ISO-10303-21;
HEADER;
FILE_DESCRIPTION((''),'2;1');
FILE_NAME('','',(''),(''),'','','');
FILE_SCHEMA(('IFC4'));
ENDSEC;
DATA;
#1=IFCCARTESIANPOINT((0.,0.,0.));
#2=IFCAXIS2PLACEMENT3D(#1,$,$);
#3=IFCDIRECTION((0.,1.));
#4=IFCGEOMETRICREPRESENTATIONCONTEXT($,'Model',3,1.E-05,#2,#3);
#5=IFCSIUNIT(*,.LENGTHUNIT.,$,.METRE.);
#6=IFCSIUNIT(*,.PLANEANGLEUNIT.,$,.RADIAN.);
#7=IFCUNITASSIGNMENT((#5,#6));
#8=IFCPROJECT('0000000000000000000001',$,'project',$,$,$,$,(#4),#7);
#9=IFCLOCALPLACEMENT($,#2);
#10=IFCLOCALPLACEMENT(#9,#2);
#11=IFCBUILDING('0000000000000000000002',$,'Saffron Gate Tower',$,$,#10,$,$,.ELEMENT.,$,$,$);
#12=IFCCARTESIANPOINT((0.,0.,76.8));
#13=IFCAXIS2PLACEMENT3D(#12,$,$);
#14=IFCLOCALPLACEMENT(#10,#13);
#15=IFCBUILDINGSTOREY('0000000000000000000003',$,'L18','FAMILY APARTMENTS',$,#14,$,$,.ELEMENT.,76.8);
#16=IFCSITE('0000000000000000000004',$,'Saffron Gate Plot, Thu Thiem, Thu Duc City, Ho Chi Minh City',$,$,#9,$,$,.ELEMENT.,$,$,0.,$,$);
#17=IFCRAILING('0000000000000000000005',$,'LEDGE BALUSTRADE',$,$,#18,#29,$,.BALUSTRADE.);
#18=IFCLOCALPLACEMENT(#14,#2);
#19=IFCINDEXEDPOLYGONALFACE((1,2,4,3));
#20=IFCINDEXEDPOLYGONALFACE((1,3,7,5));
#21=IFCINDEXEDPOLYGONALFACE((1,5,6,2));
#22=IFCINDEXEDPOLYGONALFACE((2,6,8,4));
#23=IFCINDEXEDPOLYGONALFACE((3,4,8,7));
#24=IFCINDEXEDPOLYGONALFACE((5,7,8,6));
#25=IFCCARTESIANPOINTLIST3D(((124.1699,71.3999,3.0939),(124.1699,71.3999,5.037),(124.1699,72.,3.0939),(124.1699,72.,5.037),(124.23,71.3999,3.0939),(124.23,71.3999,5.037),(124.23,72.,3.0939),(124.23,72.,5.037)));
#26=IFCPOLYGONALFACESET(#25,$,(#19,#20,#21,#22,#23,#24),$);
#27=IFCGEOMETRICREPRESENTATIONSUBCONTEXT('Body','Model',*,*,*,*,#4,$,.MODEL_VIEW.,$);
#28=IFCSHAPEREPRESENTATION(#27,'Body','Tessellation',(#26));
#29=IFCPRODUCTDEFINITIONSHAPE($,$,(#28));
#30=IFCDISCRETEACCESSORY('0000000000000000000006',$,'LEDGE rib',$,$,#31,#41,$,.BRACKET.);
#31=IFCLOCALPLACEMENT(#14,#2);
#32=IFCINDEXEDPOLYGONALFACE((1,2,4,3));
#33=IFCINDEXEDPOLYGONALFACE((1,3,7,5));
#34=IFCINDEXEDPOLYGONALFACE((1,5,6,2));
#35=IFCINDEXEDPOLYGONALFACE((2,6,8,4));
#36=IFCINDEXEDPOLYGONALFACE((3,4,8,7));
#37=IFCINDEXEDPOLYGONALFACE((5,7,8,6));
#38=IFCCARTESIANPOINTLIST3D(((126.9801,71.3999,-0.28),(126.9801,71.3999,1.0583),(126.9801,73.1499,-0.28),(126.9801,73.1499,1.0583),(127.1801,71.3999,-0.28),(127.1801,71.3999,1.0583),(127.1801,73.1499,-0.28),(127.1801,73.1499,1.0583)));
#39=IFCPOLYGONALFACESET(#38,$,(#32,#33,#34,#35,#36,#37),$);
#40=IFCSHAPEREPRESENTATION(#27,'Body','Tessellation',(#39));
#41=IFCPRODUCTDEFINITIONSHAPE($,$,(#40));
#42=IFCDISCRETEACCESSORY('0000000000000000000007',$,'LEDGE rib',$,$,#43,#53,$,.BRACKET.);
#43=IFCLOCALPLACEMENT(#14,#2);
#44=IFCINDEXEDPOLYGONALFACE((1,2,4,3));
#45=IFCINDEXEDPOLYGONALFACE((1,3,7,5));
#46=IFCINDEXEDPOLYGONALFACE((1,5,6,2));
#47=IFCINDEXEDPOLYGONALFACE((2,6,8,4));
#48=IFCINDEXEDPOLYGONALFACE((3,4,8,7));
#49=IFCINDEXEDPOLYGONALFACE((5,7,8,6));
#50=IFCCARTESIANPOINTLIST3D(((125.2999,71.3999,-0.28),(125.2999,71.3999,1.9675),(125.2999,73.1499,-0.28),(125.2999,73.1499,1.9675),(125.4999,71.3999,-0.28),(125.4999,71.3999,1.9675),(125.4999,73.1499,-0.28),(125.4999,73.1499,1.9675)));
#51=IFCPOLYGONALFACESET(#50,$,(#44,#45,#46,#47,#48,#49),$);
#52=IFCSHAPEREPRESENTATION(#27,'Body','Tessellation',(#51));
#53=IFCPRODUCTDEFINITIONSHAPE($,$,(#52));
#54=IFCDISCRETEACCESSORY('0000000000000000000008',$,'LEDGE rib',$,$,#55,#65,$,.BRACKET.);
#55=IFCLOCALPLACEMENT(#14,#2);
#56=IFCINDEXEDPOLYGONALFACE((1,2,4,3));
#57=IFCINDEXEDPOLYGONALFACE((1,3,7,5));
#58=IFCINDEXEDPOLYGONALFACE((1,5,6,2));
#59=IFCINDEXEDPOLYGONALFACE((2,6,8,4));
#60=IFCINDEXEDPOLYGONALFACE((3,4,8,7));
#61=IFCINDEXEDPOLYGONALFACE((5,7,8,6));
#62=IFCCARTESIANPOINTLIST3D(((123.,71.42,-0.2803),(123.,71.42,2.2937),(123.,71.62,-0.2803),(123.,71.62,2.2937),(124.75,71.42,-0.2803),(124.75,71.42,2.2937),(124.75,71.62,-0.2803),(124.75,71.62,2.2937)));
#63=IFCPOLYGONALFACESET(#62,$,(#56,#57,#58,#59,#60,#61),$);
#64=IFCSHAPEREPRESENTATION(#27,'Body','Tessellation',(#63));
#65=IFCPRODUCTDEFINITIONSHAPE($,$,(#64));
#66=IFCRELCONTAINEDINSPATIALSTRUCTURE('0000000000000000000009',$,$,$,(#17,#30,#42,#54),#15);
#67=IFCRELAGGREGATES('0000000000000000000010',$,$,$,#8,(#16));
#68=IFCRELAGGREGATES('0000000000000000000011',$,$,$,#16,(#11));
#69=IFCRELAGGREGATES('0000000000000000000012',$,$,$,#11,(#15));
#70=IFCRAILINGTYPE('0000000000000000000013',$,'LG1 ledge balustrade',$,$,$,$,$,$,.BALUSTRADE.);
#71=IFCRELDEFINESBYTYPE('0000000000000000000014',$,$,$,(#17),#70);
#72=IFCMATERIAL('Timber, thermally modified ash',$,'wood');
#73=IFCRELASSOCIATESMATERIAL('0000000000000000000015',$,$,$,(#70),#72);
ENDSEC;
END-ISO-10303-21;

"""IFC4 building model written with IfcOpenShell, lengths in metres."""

from ifc_helpers import new_model, si_unit, direction, frame, origin, origin_2d, place, context, subcontext, project, spatial, rectangle, extrude, material, type_object, element, save


model = new_model("IFC4")

# Units and contexts
model_context = context("Model", 3, precision=1e-05, world=origin(), true_north=direction((0.0, 1.0)))
body_context = subcontext(model_context, "Body", "Model", "MODEL_VIEW")
ifc_project = project(units=[si_unit("LENGTHUNIT", "METRE"), si_unit("PLANEANGLEUNIT", "RADIAN")], contexts=[model_context])

# Site, building, storey
site_placement = place(None, origin())
site = spatial("IfcSite", under=ifc_project, at=site_placement, Name="Saffron Gate Plot, Thu Thiem, Thu Duc City, Ho Chi Minh City", CompositionType="ELEMENT", RefElevation=0.0)
building_placement = place(site_placement, origin())
building = spatial("IfcBuilding", under=site, at=building_placement, Name="Saffron Gate Tower", CompositionType="ELEMENT")
storey_placement = place(building_placement, frame((0.0, 0.0, 76.8)))
storey = spatial("IfcBuildingStorey", under=building, at=storey_placement, Name="L18", Description="FAMILY APARTMENTS", CompositionType="ELEMENT", Elevation=76.8)

# Shared definitions
ifc_material_1 = material(Name="Timber, thermally modified ash", Category="wood")

# Railing
railing_type = type_object("IfcRailingType", Name="LG1 ledge balustrade", PredefinedType="BALUSTRADE", material=ifc_material_1)
railing_1_placement = place(storey_placement, frame((124.2, 71.3999, 3.0938)))
element("IfcRailing", 1, at=railing_1_placement, inside=storey, type_object=railing_type, Name="LEDGE BALUSTRADE", PredefinedType="BALUSTRADE", context=body_context, shape_type="SweptSolid", body=[
    extrude(rectangle(XDim=0.0601, YDim=1.9431, at=origin_2d()), frame((0.0, 0.0, 0.9717), z_axis=(0.0, 1.0, 0.0), x_axis=(-1.0, 0.0, 0.0)), (0.0, 0.0, 1.0), 0.6001),
])

# Discrete accessories
discrete_accessory_1_placement = place(storey_placement, frame((127.0801, 72.2749, -0.28), z_axis=(0.0, 0.0, 1.0), x_axis=(-1.0, 0.0, 0.0)))
element("IfcDiscreteAccessory", 2, at=discrete_accessory_1_placement, inside=storey, Name="LEDGE rib", PredefinedType="BRACKET", context=body_context, shape_type="SweptSolid", body=[
    extrude(rectangle(XDim=0.2, YDim=1.75, at=origin_2d()), origin(), (0.0, 0.0, 1.0), 1.3384),
])
discrete_accessory_2_placement = place(storey_placement, frame((125.3999, 72.2749, -0.28), z_axis=(0.0, 0.0, 1.0), x_axis=(-1.0, 0.0, 0.0)))
element("IfcDiscreteAccessory", 3, at=discrete_accessory_2_placement, inside=storey, Name="LEDGE rib", PredefinedType="BRACKET", context=body_context, shape_type="SweptSolid", body=[
    extrude(rectangle(XDim=0.2, YDim=1.75, at=origin_2d()), origin(), (0.0, 0.0, 1.0), 2.2476),
])
discrete_accessory_3_placement = place(storey_placement, frame((123.875, 71.52, -0.2803), z_axis=(0.0, 0.0, 1.0), x_axis=(0.0, 1.0, 0.0)))
element("IfcDiscreteAccessory", 4, at=discrete_accessory_3_placement, inside=storey, Name="LEDGE rib", PredefinedType="BRACKET", context=body_context, shape_type="SweptSolid", body=[
    extrude(rectangle(XDim=0.2, YDim=1.75, at=origin_2d()), origin(), (0.0, 0.0, 1.0), 2.574),
])

save(model, "model.ifc")
